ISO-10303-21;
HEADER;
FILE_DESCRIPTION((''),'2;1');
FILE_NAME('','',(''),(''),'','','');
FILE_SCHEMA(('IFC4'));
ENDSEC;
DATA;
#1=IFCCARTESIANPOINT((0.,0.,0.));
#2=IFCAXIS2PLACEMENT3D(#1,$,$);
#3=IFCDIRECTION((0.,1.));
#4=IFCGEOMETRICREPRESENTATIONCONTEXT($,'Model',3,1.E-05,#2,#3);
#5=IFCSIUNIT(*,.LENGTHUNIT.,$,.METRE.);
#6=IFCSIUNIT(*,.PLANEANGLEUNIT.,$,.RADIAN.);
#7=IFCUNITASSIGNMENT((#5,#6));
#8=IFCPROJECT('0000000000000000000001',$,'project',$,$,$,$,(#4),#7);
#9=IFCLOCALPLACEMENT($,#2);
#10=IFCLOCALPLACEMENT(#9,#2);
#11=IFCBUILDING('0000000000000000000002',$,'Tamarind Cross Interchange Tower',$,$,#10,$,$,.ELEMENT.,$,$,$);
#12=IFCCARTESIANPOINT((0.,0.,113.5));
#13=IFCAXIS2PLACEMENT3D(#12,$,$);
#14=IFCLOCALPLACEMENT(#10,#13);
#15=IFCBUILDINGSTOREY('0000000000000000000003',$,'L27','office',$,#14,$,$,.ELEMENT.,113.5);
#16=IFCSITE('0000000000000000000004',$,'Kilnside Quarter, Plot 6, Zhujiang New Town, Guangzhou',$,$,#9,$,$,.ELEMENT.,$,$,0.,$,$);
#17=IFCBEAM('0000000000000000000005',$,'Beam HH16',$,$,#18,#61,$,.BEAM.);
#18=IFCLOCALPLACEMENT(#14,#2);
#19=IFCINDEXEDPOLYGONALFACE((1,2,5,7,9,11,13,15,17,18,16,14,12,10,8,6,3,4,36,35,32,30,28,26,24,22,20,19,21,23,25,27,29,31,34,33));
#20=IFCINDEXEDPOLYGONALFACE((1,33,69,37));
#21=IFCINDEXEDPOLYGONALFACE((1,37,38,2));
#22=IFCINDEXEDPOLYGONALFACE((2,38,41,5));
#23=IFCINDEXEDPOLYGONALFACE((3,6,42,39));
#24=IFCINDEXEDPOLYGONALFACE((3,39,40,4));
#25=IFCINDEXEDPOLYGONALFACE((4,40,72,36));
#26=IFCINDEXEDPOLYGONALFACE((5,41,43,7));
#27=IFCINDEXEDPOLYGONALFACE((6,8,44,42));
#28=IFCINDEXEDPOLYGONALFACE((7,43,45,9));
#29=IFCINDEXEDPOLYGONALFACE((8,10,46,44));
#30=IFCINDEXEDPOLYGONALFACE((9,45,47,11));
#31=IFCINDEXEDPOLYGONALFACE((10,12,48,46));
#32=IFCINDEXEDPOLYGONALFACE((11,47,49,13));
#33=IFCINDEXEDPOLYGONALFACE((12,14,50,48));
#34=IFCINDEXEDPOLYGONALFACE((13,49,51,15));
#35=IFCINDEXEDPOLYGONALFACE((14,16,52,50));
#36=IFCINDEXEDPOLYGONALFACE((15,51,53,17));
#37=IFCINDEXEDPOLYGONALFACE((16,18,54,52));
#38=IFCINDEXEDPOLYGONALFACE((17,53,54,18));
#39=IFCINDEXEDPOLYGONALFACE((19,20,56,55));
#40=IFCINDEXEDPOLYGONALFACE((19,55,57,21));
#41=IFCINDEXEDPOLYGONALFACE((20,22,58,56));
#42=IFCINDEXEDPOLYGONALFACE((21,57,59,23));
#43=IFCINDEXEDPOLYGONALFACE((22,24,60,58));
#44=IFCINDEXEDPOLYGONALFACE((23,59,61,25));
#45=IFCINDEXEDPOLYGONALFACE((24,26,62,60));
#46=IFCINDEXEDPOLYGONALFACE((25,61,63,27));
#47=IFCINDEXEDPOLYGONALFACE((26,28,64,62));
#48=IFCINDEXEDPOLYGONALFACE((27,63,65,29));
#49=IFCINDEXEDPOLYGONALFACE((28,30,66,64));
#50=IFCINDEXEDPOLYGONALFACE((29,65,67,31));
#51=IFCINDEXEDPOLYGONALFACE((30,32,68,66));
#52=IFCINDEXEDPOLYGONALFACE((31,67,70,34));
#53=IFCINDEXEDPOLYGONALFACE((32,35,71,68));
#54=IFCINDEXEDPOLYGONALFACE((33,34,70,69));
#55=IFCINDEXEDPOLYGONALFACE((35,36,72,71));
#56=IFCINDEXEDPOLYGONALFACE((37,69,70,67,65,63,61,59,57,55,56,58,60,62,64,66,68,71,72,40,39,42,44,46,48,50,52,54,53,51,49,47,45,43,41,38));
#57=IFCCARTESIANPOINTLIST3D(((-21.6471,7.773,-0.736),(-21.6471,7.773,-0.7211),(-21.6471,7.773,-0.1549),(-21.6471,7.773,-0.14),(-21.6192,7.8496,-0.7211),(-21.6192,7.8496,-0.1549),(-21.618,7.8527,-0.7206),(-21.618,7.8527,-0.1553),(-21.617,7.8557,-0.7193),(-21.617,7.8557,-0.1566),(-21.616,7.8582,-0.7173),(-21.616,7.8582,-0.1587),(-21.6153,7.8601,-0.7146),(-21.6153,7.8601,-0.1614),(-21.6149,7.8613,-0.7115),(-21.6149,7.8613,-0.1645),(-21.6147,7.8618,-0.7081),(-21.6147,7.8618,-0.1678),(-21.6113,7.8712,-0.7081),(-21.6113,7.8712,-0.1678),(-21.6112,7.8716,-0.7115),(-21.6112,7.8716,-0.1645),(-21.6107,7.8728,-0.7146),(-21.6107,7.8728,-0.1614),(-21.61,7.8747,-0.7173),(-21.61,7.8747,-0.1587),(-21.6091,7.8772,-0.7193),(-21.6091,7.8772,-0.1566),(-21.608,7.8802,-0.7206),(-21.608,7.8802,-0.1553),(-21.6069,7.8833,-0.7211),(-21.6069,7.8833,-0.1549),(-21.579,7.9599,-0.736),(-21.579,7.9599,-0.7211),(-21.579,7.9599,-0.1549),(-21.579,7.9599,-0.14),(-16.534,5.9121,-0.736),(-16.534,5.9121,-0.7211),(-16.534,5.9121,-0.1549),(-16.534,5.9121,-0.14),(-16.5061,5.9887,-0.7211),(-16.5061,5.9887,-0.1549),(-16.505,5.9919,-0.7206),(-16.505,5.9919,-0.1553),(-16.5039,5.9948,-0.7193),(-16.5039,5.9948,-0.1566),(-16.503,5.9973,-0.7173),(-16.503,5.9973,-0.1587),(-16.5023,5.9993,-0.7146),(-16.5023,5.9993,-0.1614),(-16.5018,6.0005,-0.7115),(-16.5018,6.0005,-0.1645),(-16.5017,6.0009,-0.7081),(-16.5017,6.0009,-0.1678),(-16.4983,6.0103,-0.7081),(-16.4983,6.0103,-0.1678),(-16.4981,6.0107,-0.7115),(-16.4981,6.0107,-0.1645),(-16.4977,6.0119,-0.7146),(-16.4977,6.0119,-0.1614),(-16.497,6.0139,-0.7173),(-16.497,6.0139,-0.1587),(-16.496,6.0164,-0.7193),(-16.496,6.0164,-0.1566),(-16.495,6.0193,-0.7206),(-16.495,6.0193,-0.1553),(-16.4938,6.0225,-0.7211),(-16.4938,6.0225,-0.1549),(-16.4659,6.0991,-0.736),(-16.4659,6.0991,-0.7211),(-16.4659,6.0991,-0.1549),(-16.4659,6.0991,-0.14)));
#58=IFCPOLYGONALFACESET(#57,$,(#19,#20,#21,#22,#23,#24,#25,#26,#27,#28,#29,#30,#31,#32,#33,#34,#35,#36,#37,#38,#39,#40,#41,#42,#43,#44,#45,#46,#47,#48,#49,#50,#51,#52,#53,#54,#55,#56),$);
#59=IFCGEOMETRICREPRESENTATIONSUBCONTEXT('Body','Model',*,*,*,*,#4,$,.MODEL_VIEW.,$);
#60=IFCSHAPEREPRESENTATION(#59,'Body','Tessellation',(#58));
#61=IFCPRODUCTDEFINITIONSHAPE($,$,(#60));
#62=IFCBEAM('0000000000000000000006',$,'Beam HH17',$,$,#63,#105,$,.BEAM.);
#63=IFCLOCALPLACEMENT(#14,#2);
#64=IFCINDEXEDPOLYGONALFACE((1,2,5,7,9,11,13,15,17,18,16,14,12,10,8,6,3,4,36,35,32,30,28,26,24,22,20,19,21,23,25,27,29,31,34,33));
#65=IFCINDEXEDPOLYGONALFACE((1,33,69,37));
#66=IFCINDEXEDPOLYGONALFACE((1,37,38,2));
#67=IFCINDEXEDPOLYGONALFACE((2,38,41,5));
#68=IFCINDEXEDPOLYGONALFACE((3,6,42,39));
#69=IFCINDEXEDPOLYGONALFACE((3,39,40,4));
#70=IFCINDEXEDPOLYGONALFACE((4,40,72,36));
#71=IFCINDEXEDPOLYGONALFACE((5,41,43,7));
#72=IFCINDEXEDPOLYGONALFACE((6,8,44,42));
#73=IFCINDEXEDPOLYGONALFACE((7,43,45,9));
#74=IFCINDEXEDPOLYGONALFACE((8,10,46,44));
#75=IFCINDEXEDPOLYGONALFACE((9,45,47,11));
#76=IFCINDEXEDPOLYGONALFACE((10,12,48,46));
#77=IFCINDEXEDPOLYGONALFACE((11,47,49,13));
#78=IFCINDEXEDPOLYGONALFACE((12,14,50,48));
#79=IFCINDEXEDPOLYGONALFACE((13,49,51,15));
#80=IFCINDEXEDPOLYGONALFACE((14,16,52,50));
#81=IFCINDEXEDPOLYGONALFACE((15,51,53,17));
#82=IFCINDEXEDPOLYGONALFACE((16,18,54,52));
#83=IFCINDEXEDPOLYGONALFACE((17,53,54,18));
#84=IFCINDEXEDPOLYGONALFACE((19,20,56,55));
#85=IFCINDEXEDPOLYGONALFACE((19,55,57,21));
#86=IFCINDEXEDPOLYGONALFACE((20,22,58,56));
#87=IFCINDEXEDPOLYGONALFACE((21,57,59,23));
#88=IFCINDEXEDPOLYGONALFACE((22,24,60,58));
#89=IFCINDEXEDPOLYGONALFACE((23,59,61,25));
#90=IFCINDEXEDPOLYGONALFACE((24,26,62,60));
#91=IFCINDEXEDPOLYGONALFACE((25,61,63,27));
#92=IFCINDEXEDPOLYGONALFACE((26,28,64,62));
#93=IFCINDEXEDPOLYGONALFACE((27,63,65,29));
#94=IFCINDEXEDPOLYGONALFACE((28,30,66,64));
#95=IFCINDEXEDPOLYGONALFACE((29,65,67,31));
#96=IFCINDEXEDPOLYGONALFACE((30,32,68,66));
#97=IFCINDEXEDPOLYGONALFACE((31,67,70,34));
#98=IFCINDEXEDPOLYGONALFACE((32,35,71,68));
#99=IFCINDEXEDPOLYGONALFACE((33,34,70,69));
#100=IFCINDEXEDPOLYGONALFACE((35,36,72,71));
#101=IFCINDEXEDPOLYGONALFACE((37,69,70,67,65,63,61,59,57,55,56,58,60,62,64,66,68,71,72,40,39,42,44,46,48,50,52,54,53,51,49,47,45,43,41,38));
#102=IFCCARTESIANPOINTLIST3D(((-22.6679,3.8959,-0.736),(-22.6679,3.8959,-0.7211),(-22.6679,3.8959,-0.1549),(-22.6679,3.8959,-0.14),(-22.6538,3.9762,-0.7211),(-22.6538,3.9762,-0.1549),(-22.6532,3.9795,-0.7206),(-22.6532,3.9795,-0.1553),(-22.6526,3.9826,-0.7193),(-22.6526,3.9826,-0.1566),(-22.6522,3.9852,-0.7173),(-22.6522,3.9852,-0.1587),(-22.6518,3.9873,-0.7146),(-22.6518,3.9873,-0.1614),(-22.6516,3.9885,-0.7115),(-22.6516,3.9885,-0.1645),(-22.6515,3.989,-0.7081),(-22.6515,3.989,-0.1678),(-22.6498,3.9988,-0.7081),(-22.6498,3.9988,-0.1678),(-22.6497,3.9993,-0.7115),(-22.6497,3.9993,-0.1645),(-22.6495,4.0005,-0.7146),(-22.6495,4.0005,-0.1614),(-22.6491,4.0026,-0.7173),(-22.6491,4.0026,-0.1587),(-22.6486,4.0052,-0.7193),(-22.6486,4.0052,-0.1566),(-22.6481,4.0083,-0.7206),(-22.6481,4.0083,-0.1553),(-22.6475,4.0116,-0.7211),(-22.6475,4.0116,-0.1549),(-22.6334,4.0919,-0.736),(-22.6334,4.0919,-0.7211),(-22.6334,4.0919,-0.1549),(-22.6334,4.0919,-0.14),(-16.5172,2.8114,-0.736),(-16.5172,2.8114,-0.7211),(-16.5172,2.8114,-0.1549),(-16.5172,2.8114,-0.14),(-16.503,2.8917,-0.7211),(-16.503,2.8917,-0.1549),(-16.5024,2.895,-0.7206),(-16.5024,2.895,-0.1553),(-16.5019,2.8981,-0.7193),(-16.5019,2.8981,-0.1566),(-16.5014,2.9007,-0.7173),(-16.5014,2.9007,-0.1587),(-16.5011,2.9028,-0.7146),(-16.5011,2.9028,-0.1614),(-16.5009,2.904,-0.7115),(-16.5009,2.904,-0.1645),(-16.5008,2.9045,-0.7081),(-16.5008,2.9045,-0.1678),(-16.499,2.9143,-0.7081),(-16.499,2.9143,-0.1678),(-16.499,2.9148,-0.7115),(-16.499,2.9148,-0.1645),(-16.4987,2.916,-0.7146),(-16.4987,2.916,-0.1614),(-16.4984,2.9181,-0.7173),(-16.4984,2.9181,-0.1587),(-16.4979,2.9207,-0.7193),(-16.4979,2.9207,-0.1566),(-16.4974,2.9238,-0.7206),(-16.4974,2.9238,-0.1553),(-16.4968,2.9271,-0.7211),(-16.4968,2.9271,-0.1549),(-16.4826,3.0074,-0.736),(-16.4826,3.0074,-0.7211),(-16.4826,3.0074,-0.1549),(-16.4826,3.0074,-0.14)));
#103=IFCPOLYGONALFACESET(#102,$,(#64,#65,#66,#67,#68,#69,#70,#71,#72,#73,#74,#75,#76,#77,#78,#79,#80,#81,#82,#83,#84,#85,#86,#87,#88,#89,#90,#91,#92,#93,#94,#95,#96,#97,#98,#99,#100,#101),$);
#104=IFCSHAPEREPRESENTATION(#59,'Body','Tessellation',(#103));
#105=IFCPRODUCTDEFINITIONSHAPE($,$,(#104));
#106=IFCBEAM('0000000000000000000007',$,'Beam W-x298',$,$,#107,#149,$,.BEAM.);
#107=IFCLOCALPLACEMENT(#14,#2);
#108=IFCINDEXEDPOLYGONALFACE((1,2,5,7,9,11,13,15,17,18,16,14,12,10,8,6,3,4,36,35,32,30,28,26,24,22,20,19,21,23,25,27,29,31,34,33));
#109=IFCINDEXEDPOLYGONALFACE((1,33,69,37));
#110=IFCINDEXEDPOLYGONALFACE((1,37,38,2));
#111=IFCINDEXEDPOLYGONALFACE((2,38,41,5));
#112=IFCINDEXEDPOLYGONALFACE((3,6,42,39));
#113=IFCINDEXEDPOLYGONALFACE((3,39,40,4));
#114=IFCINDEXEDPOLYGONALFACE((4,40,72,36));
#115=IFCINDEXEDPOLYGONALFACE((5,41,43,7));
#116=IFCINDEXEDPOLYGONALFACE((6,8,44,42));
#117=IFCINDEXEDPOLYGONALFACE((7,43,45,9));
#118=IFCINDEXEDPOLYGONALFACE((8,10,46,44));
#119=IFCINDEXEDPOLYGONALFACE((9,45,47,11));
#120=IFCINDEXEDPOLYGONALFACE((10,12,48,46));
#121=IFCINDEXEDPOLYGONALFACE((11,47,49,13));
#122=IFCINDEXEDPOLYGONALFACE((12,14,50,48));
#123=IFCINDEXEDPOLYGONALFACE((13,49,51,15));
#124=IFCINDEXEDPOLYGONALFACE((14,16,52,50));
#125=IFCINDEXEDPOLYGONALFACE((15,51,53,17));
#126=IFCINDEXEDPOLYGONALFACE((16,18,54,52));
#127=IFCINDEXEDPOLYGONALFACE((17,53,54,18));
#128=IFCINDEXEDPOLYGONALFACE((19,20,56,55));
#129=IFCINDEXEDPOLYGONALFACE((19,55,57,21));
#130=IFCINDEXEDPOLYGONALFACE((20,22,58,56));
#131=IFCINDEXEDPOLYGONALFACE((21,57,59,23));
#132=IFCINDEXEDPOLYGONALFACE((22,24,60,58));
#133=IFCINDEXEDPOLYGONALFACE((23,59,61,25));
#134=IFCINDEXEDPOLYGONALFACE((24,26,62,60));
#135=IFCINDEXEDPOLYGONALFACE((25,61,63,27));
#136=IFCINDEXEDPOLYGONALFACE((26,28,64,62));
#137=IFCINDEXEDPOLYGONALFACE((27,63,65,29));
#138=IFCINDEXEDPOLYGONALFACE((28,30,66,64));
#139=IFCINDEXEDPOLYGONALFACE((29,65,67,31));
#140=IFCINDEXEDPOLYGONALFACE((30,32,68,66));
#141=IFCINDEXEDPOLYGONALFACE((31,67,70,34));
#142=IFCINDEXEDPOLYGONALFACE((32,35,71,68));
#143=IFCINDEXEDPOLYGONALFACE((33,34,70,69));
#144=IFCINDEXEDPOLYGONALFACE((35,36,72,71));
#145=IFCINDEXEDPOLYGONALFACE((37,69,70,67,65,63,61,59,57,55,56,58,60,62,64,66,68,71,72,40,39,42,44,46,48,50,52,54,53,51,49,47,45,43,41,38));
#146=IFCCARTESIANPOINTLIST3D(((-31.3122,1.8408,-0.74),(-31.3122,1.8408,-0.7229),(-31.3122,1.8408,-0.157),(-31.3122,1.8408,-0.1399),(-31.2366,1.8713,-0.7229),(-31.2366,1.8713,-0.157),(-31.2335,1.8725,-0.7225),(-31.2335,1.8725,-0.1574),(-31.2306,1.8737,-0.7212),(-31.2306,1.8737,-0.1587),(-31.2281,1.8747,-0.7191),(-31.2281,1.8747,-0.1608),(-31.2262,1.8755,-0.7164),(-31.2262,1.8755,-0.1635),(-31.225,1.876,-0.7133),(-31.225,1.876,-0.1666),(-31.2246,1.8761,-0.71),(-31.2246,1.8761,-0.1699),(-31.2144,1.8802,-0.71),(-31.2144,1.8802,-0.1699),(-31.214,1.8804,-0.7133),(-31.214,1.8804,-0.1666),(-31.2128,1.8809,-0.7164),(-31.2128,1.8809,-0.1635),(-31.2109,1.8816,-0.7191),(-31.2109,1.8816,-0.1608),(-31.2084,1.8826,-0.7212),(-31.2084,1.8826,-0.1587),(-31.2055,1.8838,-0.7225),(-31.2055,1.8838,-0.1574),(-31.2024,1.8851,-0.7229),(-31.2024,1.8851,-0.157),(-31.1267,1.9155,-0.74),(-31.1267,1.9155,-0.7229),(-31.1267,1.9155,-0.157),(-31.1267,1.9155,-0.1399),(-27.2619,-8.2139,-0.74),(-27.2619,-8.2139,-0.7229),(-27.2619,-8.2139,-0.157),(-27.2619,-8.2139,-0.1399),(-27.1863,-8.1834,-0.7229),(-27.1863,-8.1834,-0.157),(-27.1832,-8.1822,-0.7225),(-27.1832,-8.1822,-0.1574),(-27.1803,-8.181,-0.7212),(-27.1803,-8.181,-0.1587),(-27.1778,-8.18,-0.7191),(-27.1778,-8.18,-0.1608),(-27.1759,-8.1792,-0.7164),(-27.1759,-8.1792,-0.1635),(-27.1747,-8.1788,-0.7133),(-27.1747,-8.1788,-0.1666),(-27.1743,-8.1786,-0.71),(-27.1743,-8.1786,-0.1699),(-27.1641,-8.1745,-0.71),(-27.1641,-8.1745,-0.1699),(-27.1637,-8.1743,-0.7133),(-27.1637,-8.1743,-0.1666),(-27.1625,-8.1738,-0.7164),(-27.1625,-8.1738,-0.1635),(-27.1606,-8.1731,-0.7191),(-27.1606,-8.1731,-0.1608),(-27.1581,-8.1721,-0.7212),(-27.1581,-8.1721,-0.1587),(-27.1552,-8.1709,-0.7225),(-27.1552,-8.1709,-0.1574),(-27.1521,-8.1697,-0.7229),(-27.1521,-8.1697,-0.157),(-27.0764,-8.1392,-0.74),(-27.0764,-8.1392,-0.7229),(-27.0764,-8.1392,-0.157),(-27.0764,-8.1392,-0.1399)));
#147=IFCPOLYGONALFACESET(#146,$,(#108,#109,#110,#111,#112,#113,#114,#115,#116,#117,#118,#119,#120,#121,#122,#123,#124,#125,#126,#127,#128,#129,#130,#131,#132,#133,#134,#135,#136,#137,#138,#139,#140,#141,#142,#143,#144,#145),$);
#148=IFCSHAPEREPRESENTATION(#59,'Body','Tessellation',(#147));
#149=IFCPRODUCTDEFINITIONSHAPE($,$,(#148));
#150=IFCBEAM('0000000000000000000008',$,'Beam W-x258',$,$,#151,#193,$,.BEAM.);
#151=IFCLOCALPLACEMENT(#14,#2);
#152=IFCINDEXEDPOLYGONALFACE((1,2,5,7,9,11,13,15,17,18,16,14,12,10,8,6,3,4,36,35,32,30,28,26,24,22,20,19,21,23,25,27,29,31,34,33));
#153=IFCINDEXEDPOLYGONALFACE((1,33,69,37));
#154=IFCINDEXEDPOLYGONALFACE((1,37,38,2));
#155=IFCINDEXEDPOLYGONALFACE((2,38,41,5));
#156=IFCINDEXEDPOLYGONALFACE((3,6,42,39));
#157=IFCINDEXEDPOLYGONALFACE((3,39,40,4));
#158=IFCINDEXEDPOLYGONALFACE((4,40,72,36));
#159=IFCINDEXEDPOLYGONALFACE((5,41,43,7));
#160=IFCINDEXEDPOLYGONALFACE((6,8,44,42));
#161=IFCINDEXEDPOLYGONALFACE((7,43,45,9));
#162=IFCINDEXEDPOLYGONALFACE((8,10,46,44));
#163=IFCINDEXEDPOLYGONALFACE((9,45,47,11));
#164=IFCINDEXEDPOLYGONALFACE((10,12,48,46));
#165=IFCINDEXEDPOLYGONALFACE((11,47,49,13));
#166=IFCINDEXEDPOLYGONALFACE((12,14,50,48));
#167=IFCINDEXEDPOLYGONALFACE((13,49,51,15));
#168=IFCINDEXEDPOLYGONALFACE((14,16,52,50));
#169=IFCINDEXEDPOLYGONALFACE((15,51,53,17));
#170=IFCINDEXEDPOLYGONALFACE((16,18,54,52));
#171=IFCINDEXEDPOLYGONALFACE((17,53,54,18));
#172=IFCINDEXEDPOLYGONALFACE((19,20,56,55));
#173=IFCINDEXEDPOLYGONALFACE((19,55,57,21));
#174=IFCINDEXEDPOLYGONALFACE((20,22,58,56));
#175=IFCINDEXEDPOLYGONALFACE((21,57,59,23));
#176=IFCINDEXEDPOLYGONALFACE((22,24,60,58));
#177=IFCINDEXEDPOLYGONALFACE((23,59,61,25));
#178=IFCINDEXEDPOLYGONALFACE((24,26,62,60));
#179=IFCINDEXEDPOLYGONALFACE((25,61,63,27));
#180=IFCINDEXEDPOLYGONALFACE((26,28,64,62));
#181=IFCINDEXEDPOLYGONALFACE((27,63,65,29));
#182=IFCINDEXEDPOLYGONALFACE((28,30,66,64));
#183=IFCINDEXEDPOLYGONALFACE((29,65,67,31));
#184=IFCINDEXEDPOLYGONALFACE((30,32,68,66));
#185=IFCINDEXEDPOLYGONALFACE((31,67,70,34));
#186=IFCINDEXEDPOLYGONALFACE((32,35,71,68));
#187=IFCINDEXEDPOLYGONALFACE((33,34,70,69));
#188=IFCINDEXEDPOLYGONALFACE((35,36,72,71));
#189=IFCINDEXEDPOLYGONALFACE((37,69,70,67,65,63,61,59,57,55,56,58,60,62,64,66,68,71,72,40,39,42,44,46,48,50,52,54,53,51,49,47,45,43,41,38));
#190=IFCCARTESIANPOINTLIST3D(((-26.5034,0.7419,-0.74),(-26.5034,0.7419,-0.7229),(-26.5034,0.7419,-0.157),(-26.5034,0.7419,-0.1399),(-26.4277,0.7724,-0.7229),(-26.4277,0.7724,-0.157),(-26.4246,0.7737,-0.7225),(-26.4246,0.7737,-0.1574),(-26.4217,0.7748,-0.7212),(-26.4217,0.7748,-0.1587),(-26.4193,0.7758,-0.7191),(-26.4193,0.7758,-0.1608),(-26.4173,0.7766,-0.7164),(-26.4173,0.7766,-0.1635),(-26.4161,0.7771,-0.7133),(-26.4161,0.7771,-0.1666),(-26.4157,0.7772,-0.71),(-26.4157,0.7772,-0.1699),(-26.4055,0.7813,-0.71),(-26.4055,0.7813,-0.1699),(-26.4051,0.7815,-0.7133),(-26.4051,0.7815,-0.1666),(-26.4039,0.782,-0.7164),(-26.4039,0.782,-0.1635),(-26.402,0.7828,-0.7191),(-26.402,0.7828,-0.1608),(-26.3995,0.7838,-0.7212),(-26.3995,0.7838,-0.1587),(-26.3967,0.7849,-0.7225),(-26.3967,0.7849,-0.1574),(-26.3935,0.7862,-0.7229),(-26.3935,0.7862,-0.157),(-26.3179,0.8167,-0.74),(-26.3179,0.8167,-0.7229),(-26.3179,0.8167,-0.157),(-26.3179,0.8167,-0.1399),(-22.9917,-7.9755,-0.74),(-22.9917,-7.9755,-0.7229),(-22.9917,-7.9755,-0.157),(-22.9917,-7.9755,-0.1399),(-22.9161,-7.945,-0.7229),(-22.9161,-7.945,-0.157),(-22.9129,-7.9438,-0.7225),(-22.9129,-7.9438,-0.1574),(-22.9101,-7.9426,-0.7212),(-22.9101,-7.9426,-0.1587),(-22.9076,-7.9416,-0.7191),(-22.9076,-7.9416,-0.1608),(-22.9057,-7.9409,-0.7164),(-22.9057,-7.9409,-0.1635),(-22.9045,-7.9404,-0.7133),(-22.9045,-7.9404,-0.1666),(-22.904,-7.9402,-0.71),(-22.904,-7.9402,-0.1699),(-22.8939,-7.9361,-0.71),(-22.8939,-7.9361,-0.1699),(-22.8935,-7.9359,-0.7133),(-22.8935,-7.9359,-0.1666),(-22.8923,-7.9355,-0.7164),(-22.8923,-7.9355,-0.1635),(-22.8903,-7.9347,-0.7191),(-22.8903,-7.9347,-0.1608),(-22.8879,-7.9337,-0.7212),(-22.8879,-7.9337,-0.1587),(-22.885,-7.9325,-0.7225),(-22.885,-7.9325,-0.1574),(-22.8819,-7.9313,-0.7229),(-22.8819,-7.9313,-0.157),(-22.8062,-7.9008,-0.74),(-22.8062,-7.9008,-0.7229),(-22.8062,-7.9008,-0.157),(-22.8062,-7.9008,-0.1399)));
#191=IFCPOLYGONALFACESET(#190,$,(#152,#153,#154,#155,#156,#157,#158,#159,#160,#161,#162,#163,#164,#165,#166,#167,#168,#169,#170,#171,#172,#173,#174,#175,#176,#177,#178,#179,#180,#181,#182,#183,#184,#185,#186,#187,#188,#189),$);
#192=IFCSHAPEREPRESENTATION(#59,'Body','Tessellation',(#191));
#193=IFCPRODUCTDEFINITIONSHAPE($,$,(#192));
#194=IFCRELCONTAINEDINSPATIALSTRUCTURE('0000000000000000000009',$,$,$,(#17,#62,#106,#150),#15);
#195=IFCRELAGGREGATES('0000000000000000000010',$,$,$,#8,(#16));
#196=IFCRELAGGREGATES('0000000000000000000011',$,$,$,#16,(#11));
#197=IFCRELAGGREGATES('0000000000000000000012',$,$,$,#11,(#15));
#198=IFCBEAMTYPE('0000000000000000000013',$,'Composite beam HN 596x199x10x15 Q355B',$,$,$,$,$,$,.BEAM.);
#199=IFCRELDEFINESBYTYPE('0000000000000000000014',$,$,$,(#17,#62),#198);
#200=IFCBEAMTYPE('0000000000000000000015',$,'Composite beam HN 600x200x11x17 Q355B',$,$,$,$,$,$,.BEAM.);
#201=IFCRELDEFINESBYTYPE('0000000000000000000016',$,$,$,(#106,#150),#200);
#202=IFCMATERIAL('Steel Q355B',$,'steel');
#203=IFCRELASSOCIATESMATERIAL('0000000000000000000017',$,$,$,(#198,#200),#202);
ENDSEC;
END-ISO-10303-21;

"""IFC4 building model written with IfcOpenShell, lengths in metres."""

from ifc_helpers import new_model, si_unit, direction, frame, origin, origin_2d, place, context, subcontext, project, spatial, i_section, extrude, material, material_profile, profile_set, type_object, element, save


model = new_model("IFC4")

# Units and contexts
model_context = context("Model", 3, precision=1e-05, world=origin(), true_north=direction((0.0, 1.0)))
body_context = subcontext(model_context, "Body", "Model", "MODEL_VIEW")
ifc_project = project(units=[si_unit("LENGTHUNIT", "METRE"), si_unit("PLANEANGLEUNIT", "RADIAN")], contexts=[model_context])

# Site, building, storey
site_placement = place(None, origin())
site = spatial("IfcSite", under=ifc_project, at=site_placement, Name="Kilnside Quarter, Plot 6, Zhujiang New Town, Guangzhou", CompositionType="ELEMENT", RefElevation=0.0)
building_placement = place(site_placement, origin())
building = spatial("IfcBuilding", under=site, at=building_placement, Name="Tamarind Cross Interchange Tower", CompositionType="ELEMENT")
storey_placement = place(building_placement, frame((0.0, 0.0, 113.5)))
storey = spatial("IfcBuildingStorey", under=building, at=storey_placement, Name="L27", Description="office", CompositionType="ELEMENT", Elevation=113.5)

# Beams
ifc_material_1 = material(Name="Steel Q355B", Category="steel")
ifc_material_profile_1 = material_profile(ifc_material_1, i_section(OverallWidth=0.199, OverallDepth=0.5959, WebThickness=0.01, FlangeThickness=0.0149, FilletRadius=0.0129, at=origin_2d()), Name="HN 596x199x10x15")
ifc_profile_set_1 = profile_set([ifc_material_profile_1], Name="Steel Q355B")
beam_type_1 = type_object("IfcBeamType", Name="Composite beam HN 596x199x10x15 Q355B", PredefinedType="BEAM", material=ifc_profile_set_1)
beam_1_placement = place(storey_placement, frame((-21.613, 7.8665, -0.438), z_axis=(0.939702, -0.341995, 0.0), x_axis=(0.341995, 0.939702, 0.0)))
element("IfcBeam", 1, at=beam_1_placement, inside=storey, type_object=beam_type_1, Name="Beam HH16", PredefinedType="BEAM", context=body_context, shape_type="SweptSolid", body=[
    extrude(i_section(OverallWidth=0.199, OverallDepth=0.5959, WebThickness=0.01, FlangeThickness=0.0149, FilletRadius=0.0129, at=origin_2d()), origin(), (0.0, 0.0, 1.0), 5.4412),
])
beam_2_placement = place(storey_placement, frame((-22.6506, 3.9939, -0.438), z_axis=(0.984809, -0.17364, 0.0), x_axis=(0.17364, 0.984809, 0.0)))
element("IfcBeam", 2, at=beam_2_placement, inside=storey, type_object=beam_type_1, Name="Beam HH17", PredefinedType="BEAM", context=body_context, shape_type="SweptSolid", body=[
    extrude(i_section(OverallWidth=0.199, OverallDepth=0.5959, WebThickness=0.01, FlangeThickness=0.0149, FilletRadius=0.0129, at=origin_2d()), origin(), (0.0, 0.0, 1.0), 6.2456),
])
ifc_material_profile_2 = material_profile(ifc_material_1, i_section(OverallWidth=0.2, OverallDepth=0.6001, WebThickness=0.011, FlangeThickness=0.0171, FilletRadius=0.0129, at=origin_2d()), Name="HN 600x200x11x17")
ifc_profile_set_2 = profile_set([ifc_material_profile_2], Name="Steel Q355B")
beam_type_2 = type_object("IfcBeamType", Name="Composite beam HN 600x200x11x17 Q355B", PredefinedType="BEAM", material=ifc_profile_set_2)
beam_3_placement = place(storey_placement, frame((-31.2195, 1.8782, -0.4399), z_axis=(0.37365, -0.92757, 0.0), x_axis=(0.92757, 0.37365, 0.0)))
element("IfcBeam", 3, at=beam_3_placement, inside=storey, type_object=beam_type_2, Name="Beam W-x298", PredefinedType="BEAM", context=body_context, shape_type="SweptSolid", body=[
    extrude(i_section(OverallWidth=0.2, OverallDepth=0.6001, WebThickness=0.011, FlangeThickness=0.0171, FilletRadius=0.0129, at=origin_2d()), origin(), (0.0, 0.0, 1.0), 10.8398),
])
beam_4_placement = place(storey_placement, frame((-26.4106, 0.7793, -0.4399), z_axis=(0.373656, -0.927567, 0.0), x_axis=(0.927567, 0.373656, 0.0)))
element("IfcBeam", 4, at=beam_4_placement, inside=storey, type_object=beam_type_2, Name="Beam W-x258", PredefinedType="BEAM", context=body_context, shape_type="SweptSolid", body=[
    extrude(i_section(OverallWidth=0.2, OverallDepth=0.6001, WebThickness=0.011, FlangeThickness=0.0171, FilletRadius=0.0129, at=origin_2d()), origin(), (0.0, 0.0, 1.0), 9.3982),
])

save(model, "model.ifc")
